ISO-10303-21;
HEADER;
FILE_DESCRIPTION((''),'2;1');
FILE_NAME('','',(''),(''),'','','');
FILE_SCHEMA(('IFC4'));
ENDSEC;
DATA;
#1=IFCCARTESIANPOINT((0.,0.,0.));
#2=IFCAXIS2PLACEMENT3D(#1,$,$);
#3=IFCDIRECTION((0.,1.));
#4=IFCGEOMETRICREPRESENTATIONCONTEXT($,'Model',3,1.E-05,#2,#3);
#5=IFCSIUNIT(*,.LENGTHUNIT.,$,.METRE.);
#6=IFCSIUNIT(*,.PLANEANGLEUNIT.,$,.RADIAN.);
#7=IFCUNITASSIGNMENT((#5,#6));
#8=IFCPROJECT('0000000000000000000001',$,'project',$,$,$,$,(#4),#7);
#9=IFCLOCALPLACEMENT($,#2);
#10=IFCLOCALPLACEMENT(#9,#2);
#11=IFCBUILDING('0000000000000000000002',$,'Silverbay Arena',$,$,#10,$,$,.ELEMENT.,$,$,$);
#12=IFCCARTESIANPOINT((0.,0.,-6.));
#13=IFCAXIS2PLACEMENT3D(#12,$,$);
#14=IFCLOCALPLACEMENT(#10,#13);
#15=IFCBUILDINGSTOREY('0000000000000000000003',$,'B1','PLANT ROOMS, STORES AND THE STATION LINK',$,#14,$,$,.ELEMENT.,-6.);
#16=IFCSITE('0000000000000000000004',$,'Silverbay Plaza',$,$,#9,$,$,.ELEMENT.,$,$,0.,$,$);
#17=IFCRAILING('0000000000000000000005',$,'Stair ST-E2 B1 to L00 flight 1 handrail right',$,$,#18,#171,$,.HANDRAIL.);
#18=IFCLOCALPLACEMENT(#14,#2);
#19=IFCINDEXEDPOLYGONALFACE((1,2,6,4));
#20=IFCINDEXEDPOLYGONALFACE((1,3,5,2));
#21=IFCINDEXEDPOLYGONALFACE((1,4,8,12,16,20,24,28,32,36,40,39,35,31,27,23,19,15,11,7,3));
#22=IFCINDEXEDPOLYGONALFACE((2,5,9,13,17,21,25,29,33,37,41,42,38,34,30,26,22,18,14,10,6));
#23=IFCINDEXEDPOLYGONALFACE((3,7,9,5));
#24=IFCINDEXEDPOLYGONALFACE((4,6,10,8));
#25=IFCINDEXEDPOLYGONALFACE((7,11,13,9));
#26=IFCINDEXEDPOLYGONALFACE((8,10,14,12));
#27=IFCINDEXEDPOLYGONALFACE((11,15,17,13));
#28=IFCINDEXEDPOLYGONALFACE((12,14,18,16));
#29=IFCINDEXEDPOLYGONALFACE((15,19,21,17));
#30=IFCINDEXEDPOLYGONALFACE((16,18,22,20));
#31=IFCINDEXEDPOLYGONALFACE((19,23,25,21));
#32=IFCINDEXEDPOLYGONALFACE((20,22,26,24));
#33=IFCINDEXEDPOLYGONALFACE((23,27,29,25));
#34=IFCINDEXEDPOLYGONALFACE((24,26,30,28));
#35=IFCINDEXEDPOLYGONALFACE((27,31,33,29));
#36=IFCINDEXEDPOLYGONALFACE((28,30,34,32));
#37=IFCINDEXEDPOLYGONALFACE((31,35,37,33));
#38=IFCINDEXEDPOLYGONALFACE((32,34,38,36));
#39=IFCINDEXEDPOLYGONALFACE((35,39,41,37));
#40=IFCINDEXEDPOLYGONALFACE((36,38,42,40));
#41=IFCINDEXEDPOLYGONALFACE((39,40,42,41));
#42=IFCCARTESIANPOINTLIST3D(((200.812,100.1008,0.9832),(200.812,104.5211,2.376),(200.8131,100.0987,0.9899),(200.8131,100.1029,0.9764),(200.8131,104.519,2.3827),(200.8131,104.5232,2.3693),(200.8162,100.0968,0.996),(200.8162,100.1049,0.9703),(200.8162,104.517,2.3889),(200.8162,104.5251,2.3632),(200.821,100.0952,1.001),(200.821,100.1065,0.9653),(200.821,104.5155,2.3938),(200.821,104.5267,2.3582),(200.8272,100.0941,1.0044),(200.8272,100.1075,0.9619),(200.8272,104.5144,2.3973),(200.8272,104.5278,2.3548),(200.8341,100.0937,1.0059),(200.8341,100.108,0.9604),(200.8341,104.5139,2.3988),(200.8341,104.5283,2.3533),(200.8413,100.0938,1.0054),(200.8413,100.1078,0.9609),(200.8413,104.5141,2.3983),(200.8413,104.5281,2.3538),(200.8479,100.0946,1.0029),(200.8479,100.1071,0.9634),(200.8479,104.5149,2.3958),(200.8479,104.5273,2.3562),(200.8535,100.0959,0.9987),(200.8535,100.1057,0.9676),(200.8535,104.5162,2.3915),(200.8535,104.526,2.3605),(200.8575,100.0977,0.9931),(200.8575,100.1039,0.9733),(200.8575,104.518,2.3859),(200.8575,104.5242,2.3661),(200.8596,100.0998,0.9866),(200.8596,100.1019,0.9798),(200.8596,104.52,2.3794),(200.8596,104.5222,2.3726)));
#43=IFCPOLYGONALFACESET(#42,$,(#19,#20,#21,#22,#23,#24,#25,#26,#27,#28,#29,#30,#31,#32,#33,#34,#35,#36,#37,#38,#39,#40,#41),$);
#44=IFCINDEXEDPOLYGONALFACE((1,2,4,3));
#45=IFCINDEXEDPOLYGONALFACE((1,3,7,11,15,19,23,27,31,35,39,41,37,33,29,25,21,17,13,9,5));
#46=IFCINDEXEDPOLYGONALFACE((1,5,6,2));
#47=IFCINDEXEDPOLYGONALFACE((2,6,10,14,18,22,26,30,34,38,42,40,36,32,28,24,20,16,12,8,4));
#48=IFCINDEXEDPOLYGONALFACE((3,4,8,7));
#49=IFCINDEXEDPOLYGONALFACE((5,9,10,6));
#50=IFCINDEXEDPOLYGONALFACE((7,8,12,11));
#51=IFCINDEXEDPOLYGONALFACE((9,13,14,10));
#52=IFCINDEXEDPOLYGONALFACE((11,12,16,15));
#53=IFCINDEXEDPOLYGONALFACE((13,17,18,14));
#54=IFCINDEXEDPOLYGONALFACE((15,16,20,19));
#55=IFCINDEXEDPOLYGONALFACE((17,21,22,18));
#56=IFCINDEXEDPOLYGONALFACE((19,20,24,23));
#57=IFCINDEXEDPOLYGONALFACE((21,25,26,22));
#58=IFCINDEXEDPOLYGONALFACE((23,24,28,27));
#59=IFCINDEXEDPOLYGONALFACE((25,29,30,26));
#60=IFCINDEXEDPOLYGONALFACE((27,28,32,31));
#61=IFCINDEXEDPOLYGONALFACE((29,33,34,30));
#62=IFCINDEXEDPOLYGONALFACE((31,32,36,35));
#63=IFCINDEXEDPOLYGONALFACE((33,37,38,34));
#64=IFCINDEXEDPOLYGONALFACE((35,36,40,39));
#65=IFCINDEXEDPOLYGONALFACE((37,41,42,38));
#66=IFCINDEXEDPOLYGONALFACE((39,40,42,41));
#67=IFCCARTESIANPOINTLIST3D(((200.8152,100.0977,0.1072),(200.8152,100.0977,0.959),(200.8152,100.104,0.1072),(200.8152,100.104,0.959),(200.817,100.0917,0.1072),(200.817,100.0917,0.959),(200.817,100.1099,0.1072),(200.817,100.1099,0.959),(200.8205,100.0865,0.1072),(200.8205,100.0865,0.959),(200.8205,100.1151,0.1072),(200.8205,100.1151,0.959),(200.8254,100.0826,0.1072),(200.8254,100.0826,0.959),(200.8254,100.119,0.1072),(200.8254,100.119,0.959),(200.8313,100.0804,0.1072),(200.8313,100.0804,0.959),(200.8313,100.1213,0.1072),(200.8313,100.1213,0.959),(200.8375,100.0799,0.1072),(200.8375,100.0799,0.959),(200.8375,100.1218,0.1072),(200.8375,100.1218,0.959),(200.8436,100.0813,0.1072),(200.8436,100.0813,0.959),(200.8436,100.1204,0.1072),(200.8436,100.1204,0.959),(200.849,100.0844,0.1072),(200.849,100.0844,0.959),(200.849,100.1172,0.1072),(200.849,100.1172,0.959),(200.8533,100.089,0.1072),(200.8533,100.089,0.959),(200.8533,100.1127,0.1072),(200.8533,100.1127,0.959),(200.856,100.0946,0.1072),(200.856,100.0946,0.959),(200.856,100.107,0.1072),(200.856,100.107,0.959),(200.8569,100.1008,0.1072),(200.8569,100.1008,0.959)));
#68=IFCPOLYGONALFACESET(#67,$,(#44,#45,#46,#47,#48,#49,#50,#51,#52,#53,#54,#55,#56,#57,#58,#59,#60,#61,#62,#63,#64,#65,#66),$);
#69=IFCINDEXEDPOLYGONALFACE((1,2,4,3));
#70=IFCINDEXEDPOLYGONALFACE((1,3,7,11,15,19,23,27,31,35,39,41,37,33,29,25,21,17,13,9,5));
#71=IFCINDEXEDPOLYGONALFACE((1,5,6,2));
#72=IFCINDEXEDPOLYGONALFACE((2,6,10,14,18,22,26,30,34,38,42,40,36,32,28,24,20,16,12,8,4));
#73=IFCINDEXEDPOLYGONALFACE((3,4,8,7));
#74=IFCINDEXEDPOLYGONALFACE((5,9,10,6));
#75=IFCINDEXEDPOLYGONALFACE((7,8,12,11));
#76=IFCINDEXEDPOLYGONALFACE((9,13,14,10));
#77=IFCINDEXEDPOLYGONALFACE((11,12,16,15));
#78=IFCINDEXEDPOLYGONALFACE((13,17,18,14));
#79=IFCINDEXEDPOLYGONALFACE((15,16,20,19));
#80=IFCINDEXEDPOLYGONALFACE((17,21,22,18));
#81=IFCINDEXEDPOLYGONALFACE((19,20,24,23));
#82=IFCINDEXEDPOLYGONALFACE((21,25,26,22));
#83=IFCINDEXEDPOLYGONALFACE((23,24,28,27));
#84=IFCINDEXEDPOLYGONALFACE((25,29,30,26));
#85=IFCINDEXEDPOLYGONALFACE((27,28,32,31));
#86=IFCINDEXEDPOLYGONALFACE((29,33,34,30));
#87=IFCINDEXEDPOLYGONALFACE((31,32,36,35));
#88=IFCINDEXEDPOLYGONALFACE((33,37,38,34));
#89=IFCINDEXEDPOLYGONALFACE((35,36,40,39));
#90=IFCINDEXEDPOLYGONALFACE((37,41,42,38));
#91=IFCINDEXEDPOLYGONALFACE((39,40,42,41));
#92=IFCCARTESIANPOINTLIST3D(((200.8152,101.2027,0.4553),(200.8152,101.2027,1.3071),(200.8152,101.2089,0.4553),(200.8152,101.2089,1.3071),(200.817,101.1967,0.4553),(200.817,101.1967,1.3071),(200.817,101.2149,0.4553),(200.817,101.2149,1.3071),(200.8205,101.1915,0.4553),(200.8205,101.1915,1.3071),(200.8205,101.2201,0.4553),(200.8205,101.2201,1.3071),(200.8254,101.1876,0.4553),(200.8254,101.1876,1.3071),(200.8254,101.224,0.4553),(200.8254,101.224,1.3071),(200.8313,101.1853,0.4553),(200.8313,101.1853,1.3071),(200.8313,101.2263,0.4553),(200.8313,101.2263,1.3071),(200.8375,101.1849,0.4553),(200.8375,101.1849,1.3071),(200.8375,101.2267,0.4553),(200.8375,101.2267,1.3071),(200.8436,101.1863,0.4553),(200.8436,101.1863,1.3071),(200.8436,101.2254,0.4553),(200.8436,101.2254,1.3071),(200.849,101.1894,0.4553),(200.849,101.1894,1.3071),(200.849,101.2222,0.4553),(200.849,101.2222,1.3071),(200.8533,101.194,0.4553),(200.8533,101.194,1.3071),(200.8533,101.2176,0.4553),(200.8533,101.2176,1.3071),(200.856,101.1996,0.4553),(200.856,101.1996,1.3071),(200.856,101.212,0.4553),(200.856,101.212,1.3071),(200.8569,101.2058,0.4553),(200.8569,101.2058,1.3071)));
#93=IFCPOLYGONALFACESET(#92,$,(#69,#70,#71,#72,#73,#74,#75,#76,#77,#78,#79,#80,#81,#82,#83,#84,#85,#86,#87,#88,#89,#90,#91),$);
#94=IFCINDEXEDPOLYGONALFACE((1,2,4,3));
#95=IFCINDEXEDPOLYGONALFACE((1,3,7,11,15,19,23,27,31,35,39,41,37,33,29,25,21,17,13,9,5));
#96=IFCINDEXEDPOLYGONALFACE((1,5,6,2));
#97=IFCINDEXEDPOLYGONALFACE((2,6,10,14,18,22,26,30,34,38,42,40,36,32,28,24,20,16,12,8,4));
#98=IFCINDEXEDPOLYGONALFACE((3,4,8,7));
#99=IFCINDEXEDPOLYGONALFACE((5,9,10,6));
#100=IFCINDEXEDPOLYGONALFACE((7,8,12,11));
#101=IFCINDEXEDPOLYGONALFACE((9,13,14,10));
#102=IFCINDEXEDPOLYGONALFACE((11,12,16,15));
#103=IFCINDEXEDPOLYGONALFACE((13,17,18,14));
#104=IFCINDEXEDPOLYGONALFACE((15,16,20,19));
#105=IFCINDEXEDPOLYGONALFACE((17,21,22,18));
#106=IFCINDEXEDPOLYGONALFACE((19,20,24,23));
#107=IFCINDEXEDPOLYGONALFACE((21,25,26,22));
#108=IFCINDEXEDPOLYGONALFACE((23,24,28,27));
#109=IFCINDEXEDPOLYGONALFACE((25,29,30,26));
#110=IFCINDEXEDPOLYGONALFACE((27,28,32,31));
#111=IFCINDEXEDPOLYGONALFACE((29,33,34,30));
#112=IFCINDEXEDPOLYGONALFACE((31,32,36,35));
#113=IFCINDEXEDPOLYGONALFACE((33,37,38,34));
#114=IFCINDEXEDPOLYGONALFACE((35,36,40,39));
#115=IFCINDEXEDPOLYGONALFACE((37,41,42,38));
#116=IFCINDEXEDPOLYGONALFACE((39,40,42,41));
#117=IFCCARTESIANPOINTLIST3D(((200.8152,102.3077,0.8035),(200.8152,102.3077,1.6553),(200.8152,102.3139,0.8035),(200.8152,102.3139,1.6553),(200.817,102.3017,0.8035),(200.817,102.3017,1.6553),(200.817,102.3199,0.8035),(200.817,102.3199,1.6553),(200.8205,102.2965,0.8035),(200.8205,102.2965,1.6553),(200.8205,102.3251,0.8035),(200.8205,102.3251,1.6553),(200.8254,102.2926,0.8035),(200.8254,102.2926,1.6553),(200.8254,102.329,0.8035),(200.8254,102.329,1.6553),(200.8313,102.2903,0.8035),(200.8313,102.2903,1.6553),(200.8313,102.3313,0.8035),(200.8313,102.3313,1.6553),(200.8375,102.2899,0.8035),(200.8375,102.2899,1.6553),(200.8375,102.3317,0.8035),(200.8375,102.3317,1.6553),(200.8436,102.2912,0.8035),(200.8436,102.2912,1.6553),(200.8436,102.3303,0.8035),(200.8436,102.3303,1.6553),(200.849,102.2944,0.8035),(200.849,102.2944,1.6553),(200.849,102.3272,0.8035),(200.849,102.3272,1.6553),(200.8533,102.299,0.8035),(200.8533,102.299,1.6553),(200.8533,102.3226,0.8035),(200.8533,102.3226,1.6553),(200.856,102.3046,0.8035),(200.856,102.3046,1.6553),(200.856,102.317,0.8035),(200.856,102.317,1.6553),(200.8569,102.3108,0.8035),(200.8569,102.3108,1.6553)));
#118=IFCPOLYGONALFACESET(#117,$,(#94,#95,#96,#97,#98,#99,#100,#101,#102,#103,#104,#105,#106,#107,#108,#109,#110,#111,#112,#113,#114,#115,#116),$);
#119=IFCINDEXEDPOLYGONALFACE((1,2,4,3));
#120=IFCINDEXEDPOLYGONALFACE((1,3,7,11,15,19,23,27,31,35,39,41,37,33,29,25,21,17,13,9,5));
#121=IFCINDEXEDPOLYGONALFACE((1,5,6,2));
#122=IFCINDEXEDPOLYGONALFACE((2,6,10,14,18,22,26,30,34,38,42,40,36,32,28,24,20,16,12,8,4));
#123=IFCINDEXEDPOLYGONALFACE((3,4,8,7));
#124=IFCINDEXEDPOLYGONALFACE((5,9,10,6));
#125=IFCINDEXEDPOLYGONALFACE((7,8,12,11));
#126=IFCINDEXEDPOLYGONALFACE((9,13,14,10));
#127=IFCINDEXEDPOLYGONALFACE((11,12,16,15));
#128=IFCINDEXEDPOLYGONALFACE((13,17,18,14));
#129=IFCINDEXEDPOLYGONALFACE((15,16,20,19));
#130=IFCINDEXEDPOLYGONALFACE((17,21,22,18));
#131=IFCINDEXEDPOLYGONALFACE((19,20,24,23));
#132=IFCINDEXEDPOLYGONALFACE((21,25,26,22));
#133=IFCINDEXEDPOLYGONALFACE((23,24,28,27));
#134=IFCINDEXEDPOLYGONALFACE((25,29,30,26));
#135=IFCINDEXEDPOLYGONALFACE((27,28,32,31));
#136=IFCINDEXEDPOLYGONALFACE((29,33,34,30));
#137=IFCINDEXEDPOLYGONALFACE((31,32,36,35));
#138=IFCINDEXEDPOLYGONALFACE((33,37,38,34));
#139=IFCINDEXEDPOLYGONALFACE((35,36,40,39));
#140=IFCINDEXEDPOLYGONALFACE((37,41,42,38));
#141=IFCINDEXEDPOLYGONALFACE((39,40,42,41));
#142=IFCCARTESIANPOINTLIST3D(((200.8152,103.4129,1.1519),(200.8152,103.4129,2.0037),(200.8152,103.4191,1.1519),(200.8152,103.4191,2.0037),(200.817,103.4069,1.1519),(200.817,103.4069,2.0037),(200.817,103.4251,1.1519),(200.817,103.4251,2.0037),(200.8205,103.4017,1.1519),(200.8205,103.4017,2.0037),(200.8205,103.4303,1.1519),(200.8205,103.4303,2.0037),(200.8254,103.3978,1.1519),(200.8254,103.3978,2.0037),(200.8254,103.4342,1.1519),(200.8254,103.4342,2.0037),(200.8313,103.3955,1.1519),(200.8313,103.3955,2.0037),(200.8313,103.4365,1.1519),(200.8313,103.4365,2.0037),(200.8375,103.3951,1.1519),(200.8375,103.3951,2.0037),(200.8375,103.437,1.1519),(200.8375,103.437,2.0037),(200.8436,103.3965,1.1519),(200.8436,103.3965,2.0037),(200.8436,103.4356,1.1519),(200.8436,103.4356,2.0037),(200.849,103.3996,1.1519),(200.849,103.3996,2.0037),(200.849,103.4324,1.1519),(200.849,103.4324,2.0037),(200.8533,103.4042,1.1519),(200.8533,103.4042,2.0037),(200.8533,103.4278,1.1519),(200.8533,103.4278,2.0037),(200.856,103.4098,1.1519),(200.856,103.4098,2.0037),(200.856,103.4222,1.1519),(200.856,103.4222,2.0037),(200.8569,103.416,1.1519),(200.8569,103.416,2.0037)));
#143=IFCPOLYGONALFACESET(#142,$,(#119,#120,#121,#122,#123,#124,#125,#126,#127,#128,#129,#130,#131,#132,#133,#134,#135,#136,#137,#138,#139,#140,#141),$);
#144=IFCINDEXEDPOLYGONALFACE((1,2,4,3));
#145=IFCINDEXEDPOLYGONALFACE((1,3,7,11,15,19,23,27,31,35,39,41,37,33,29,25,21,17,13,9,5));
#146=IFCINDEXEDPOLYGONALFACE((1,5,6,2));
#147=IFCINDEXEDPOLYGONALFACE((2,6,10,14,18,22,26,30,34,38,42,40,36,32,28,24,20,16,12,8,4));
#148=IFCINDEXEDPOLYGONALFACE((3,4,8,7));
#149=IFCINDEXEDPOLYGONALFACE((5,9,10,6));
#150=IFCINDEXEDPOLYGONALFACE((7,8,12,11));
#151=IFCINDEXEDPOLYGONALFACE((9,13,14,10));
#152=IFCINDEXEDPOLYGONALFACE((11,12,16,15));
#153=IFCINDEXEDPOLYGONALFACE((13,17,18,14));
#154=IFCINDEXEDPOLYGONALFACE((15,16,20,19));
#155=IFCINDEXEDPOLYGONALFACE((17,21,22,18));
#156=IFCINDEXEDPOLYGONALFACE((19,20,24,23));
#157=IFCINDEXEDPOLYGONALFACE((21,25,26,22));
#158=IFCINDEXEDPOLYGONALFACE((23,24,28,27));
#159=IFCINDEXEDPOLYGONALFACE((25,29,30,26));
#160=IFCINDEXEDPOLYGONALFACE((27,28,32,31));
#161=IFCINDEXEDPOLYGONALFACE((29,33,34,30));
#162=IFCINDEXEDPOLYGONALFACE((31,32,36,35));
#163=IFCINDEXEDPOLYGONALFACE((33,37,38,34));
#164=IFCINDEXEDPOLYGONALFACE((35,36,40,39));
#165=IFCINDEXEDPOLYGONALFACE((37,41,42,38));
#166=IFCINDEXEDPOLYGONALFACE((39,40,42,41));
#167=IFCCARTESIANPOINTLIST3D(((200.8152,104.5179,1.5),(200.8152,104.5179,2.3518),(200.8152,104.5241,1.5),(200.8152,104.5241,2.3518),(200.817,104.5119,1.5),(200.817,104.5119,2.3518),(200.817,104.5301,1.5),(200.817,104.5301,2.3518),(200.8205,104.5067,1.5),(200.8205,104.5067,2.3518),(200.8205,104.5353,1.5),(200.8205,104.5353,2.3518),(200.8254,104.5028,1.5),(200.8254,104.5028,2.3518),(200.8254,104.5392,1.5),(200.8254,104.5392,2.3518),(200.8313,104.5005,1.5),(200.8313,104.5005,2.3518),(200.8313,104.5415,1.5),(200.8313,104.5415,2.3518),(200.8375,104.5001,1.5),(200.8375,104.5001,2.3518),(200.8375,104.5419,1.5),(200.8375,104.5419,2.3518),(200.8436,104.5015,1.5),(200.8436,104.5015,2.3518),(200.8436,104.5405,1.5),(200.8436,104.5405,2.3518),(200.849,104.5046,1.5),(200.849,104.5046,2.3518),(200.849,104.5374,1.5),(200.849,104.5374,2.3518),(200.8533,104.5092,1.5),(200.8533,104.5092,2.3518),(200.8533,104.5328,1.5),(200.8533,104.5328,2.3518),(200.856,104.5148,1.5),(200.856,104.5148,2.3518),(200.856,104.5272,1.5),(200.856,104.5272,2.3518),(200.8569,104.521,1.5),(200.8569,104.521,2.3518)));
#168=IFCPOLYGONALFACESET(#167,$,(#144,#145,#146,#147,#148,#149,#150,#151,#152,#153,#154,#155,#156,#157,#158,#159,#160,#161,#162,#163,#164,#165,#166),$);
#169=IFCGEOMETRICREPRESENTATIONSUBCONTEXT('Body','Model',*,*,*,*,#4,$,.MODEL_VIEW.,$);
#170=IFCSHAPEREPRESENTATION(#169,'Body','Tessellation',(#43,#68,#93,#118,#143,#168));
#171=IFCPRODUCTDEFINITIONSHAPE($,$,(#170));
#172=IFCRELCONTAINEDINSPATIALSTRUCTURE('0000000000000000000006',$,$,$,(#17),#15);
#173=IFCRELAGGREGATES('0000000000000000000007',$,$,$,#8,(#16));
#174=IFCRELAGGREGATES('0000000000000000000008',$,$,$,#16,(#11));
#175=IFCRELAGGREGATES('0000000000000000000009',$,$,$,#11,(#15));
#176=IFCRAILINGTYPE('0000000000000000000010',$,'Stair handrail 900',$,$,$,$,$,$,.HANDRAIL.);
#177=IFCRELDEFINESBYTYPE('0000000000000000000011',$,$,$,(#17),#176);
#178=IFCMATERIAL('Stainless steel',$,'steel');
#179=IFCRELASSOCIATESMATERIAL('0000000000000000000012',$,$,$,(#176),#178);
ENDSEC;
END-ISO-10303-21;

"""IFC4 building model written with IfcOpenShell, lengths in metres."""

from ifc_helpers import new_model, si_unit, direction, frame, origin, origin_2d, place, context, subcontext, project, spatial, circle, extrude, material, type_object, element, save


model = new_model("IFC4")

# Units and contexts
model_context = context("Model", 3, precision=1e-05, world=origin(), true_north=direction((0.0, 1.0)))
body_context = subcontext(model_context, "Body", "Model", "MODEL_VIEW")
ifc_project = project(units=[si_unit("LENGTHUNIT", "METRE"), si_unit("PLANEANGLEUNIT", "RADIAN")], contexts=[model_context])

# Site, building, storey
site_placement = place(None, origin())
site = spatial("IfcSite", under=ifc_project, at=site_placement, Name="Silverbay Plaza", CompositionType="ELEMENT", RefElevation=0.0)
building_placement = place(site_placement, origin())
building = spatial("IfcBuilding", under=site, at=building_placement, Name="Silverbay Arena", CompositionType="ELEMENT")
storey_placement = place(building_placement, frame((0.0, 0.0, -6.0)))
storey = spatial("IfcBuildingStorey", under=building, at=storey_placement, Name="B1", Description="PLANT ROOMS, STORES AND THE STATION LINK", CompositionType="ELEMENT", Elevation=-6.0)

# Railing
ifc_material_1 = material(Name="Stainless steel", Category="steel")
railing_type_1 = type_object("IfcRailingType", Name="Stair handrail 900", PredefinedType="HANDRAIL", material=ifc_material_1)
for number, where, name in (
    (1, (200.8359, 100.1008, 0.1072), "Stair ST-E2 B1 to L00 flight 1 handrail right"),
):
    element("IfcRailing", number, at=place(storey_placement, frame(where)), inside=storey, type_object=railing_type_1, Name=name, PredefinedType="HANDRAIL", context=body_context, shape_type="SweptSolid", body=[
        extrude(circle(Radius=0.0239, at=origin_2d()), frame((0.0, 0.0, 0.876), z_axis=(0.0, 0.95377, 0.300539), x_axis=(-1.0, 0.0, 0.0)), (0.0, 0.0, 1.0), 4.6345),
        extrude(circle(Radius=0.021, at=origin_2d()), origin(), (0.0, 0.0, 1.0), 0.8518),
        extrude(circle(Radius=0.021, at=origin_2d()), frame((0.0, 1.105, 0.3481)), (0.0, 0.0, 1.0), 0.8518),
        extrude(circle(Radius=0.021, at=origin_2d()), frame((0.0, 2.21, 0.6963)), (0.0, 0.0, 1.0), 0.8518),
        extrude(circle(Radius=0.021, at=origin_2d()), frame((0.0, 3.3152, 1.0447)), (0.0, 0.0, 1.0), 0.8518),
        extrude(circle(Radius=0.021, at=origin_2d()), frame((0.0, 4.4202, 1.3928)), (0.0, 0.0, 1.0), 0.8518),
    ])

save(model, "model.ifc")
